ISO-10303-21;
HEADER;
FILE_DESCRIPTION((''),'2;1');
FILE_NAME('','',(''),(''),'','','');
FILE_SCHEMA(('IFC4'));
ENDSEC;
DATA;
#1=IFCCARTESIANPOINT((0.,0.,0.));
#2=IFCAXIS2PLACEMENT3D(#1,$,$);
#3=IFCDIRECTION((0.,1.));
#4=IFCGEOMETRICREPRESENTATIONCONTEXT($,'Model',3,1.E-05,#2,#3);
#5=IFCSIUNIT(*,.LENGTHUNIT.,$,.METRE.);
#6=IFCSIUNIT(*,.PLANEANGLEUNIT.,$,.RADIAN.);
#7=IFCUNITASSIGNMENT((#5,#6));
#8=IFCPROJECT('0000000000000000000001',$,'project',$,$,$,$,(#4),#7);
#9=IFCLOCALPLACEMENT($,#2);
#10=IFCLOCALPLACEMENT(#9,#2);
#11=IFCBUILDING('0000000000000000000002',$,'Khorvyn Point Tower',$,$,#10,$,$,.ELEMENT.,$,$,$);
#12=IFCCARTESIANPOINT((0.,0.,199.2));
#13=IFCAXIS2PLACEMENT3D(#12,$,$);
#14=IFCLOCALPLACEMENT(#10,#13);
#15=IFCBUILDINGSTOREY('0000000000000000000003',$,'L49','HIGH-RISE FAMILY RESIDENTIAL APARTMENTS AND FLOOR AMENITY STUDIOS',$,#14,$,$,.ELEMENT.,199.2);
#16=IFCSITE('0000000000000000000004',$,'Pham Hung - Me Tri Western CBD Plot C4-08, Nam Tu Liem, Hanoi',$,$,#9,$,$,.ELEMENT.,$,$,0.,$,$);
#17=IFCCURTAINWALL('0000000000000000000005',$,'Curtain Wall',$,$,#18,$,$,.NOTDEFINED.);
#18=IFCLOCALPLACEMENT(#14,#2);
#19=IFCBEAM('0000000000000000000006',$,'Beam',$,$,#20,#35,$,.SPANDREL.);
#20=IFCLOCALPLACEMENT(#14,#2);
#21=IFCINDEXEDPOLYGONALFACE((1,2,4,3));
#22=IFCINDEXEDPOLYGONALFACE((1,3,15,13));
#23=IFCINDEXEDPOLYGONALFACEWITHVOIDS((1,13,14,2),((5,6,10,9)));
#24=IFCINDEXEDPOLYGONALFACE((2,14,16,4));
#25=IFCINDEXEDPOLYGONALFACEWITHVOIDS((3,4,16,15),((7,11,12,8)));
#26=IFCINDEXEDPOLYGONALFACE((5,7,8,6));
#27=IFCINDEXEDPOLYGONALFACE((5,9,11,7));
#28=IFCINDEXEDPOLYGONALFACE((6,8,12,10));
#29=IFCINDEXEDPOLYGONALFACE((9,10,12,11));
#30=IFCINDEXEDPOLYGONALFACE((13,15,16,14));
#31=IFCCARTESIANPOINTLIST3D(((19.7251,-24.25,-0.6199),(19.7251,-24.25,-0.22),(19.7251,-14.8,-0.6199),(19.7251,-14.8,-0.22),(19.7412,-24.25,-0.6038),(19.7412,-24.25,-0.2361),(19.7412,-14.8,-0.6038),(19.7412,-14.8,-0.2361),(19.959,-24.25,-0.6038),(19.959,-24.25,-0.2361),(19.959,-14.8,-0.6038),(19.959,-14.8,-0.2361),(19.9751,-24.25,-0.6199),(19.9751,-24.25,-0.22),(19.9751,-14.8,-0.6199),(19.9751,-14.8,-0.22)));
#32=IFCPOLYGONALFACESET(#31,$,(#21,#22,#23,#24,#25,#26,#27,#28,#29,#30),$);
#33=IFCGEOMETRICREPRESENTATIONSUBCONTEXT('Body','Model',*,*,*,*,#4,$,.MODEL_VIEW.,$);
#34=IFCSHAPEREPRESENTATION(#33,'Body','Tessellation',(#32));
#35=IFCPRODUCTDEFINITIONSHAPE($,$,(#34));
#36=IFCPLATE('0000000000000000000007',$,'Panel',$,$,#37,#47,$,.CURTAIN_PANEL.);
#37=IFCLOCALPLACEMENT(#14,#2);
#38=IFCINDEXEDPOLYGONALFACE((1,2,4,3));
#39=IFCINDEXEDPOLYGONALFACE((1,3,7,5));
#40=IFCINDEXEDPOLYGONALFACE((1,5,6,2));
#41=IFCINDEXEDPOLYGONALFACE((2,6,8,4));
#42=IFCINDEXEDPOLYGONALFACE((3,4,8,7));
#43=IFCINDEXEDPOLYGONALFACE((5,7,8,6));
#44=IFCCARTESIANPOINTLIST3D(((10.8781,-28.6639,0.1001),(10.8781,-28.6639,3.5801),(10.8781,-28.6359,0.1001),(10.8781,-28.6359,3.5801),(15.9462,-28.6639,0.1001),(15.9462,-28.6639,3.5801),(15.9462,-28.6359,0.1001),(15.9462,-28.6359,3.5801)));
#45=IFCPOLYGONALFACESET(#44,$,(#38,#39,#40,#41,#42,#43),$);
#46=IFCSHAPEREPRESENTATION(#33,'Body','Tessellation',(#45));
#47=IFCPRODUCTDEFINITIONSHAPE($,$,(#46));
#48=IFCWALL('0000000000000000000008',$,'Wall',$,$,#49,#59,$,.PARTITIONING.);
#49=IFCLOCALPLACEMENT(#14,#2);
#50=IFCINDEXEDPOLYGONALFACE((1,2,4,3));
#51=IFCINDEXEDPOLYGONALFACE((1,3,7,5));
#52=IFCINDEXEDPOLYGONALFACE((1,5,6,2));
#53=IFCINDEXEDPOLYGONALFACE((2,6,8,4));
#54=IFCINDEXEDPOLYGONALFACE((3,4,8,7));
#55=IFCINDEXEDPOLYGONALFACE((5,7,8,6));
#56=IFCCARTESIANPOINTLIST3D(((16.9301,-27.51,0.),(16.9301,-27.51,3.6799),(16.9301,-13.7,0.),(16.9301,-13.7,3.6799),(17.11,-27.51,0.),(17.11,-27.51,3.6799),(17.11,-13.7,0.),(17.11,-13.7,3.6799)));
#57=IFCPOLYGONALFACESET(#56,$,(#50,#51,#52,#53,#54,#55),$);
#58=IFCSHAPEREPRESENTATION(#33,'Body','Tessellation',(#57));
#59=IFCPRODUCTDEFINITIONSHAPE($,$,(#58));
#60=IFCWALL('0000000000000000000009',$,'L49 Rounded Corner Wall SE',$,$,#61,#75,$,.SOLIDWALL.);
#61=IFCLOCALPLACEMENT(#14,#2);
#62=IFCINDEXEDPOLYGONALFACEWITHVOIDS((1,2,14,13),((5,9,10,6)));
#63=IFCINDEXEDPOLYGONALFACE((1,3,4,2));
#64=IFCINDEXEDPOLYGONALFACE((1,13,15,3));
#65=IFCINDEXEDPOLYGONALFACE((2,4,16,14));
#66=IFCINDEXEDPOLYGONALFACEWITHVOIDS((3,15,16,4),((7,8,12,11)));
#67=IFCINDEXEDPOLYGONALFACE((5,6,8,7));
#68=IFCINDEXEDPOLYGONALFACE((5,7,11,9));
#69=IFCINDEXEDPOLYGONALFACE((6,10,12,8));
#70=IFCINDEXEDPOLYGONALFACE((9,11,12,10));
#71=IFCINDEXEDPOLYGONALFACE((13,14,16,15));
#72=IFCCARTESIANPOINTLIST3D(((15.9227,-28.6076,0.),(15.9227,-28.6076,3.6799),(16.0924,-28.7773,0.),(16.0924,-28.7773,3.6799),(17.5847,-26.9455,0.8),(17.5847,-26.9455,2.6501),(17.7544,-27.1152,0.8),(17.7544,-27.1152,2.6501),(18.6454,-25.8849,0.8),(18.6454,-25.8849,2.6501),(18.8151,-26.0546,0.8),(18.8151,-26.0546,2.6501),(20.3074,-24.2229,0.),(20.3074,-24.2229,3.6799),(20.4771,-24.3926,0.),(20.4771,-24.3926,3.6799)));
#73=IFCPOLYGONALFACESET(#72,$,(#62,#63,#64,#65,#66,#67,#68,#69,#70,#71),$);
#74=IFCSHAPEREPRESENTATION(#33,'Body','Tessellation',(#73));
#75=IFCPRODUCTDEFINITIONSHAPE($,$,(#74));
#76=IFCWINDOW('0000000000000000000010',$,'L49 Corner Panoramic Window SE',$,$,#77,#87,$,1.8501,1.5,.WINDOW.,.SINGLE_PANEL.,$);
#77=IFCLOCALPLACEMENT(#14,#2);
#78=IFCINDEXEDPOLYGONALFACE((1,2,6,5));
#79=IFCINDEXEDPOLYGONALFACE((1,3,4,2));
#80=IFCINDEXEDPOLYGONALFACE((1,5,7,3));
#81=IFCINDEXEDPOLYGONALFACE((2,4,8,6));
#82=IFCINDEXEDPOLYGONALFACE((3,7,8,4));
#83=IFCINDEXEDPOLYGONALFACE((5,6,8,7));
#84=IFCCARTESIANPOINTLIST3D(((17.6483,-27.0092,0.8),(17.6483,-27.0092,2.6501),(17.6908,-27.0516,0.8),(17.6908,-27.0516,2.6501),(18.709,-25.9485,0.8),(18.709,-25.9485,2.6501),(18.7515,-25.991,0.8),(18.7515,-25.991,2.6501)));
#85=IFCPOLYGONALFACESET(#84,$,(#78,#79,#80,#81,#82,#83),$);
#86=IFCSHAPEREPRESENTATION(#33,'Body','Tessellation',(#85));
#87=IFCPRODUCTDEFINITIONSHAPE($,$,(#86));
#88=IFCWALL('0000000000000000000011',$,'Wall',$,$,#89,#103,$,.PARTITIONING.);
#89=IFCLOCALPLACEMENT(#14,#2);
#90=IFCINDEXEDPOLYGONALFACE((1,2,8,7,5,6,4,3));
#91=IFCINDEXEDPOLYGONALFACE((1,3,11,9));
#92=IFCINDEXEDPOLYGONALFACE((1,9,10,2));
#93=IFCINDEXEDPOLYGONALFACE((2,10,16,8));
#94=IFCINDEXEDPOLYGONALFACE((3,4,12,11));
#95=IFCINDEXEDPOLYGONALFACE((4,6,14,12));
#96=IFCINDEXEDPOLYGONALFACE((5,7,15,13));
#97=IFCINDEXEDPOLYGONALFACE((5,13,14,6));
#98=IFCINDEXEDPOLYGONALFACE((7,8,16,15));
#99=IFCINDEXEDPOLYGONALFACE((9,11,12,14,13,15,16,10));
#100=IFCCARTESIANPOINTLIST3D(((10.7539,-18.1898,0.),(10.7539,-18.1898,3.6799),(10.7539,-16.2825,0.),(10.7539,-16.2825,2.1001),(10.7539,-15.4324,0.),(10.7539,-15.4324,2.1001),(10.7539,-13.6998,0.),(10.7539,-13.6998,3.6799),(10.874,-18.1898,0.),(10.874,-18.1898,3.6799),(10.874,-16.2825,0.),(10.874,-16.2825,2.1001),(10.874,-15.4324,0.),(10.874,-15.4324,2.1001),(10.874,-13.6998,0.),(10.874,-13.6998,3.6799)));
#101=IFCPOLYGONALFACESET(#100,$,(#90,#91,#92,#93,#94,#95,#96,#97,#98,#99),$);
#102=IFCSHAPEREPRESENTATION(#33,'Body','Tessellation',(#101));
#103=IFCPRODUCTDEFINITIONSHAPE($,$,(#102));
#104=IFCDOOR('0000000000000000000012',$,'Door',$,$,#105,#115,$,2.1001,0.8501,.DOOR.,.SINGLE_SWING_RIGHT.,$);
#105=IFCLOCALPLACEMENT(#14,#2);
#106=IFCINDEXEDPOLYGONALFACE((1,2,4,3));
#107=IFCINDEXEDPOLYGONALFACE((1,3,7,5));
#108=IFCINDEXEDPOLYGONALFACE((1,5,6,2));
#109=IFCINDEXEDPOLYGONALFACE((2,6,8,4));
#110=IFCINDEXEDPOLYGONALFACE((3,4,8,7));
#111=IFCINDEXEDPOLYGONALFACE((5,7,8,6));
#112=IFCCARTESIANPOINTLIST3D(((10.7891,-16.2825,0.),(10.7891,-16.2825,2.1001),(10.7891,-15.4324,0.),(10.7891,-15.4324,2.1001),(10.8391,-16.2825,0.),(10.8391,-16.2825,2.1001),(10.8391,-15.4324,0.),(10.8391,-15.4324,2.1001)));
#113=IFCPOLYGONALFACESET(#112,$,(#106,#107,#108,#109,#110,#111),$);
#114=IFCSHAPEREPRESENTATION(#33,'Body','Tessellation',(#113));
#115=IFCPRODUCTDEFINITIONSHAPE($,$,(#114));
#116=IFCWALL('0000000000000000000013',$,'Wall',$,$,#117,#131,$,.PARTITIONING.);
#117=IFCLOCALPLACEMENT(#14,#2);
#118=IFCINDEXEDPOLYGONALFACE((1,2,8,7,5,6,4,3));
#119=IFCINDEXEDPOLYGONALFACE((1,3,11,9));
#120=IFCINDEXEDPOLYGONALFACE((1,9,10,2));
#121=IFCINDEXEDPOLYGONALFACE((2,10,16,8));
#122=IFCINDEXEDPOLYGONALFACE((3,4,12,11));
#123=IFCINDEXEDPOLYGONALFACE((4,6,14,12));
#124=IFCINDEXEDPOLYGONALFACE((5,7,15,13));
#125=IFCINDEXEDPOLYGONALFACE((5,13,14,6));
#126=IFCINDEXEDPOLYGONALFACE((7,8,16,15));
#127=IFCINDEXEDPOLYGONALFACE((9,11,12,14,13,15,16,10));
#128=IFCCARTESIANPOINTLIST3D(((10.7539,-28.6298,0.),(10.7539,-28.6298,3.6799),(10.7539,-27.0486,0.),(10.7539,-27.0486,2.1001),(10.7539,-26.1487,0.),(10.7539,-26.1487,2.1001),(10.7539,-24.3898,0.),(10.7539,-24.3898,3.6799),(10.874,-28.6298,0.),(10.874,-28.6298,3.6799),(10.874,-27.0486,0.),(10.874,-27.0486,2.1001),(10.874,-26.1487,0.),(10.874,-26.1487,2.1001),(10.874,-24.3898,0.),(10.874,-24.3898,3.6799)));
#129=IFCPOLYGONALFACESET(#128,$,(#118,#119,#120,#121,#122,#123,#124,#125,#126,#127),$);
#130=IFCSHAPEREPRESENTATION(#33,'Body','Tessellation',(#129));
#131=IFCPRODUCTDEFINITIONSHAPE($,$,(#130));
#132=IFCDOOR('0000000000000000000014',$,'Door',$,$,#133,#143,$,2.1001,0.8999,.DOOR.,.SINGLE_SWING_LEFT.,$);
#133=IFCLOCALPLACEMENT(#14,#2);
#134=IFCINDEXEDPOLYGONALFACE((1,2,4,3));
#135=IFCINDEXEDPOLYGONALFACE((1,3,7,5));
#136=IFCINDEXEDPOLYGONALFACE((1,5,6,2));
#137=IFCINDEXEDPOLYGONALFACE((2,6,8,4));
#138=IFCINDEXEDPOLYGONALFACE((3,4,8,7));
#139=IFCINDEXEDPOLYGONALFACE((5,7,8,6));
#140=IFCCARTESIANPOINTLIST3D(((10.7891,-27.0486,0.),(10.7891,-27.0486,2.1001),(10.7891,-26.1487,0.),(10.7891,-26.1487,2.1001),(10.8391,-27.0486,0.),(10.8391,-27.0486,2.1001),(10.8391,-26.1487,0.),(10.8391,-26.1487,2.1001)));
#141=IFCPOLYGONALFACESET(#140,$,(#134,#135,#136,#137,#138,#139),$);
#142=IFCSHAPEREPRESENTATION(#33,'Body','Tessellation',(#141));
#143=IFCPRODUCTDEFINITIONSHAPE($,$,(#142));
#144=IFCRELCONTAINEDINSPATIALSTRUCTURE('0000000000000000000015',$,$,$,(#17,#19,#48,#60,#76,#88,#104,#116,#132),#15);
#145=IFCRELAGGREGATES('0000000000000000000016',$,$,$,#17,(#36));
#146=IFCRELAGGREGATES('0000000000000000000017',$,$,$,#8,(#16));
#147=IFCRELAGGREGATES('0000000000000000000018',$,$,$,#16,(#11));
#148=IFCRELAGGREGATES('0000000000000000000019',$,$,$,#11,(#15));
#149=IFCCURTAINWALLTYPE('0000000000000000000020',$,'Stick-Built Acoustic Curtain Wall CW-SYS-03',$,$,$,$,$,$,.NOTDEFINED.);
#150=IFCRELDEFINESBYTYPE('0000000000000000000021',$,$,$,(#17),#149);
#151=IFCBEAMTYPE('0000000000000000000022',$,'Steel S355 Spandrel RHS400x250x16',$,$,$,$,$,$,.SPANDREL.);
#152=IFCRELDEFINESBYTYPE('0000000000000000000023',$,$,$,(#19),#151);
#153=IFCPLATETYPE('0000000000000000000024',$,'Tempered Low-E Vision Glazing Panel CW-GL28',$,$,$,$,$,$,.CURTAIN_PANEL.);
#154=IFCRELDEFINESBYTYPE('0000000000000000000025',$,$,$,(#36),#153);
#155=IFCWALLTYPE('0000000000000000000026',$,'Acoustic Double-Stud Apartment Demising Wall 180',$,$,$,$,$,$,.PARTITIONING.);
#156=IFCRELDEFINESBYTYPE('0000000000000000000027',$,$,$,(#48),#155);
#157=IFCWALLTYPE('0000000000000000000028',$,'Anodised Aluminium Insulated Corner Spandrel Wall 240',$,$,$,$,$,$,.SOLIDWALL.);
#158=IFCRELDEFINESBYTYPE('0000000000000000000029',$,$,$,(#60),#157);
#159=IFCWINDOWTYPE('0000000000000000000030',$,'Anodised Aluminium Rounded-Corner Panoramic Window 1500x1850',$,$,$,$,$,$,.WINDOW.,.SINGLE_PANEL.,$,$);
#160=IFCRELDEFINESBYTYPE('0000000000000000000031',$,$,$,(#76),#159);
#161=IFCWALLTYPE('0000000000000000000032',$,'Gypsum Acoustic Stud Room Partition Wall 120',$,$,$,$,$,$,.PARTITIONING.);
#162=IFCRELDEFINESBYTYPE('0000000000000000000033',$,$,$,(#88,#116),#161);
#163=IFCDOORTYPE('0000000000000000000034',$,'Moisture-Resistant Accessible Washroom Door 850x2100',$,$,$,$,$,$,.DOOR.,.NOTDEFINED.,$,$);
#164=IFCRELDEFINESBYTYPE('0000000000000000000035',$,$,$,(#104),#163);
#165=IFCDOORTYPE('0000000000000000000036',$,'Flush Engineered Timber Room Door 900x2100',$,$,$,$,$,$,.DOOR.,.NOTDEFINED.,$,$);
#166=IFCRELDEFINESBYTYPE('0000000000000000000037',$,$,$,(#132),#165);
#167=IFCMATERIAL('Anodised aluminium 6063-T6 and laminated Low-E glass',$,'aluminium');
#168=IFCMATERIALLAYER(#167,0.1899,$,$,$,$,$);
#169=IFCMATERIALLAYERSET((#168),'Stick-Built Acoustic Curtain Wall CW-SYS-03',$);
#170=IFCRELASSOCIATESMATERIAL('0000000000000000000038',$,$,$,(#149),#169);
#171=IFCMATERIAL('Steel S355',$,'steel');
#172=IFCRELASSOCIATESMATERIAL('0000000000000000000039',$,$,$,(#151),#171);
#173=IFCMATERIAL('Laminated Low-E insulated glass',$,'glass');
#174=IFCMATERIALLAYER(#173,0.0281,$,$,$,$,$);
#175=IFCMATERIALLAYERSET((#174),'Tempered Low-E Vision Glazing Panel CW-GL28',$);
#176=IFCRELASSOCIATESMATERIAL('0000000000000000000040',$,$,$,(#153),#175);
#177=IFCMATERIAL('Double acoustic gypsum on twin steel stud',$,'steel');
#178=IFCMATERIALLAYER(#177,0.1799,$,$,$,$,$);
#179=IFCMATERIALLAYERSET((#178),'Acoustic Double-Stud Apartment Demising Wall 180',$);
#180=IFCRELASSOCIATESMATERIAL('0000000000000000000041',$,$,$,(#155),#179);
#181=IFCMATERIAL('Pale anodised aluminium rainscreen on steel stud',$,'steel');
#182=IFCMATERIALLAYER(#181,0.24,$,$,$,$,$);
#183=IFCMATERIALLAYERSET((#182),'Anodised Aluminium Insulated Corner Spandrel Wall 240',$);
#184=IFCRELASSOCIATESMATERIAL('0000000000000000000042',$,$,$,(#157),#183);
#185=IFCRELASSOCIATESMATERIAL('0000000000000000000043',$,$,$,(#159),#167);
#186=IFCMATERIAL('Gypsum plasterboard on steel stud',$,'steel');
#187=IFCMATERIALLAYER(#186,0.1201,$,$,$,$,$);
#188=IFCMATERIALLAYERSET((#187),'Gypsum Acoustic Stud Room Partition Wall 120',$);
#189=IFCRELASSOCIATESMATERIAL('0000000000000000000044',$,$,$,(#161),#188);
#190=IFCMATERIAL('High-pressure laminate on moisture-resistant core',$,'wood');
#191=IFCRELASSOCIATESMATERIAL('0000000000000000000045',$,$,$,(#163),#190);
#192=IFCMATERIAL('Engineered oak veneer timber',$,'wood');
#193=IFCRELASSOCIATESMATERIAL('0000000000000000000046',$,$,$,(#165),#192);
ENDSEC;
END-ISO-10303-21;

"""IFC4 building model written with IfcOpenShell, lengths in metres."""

from ifc_helpers import new_model, si_unit, direction, frame, frame_2d, origin, origin_2d, place, context, subcontext, project, spatial, rectangle, hollow_rectangle, extrude, material, layer, layer_set, material_profile, profile_set, type_object, element, fill, aggregate, save


model = new_model("IFC4")

# Units and contexts
model_context = context("Model", 3, precision=1e-05, world=origin(), true_north=direction((0.0, 1.0)))
body_context = subcontext(model_context, "Body", "Model", "MODEL_VIEW")
ifc_project = project(units=[si_unit("LENGTHUNIT", "METRE"), si_unit("PLANEANGLEUNIT", "RADIAN")], contexts=[model_context])

# Site, building, storey
site_placement = place(None, origin())
site = spatial("IfcSite", under=ifc_project, at=site_placement, Name="Pham Hung - Me Tri Western CBD Plot C4-08, Nam Tu Liem, Hanoi", CompositionType="ELEMENT", RefElevation=0.0)
building_placement = place(site_placement, origin())
building = spatial("IfcBuilding", under=site, at=building_placement, Name="Khorvyn Point Tower", CompositionType="ELEMENT")
storey_placement = place(building_placement, frame((0.0, 0.0, 199.2)))
storey = spatial("IfcBuildingStorey", under=building, at=storey_placement, Name="L49", Description="HIGH-RISE FAMILY RESIDENTIAL APARTMENTS AND FLOOR AMENITY STUDIOS", CompositionType="ELEMENT", Elevation=199.2)

# Curtain wall
ifc_material_1 = material(Name="Anodised aluminium 6063-T6 and laminated Low-E glass", Category="aluminium")
ifc_layer_1 = layer(ifc_material_1, 0.1899)
ifc_layer_set_1 = layer_set([ifc_layer_1], Name="Stick-Built Acoustic Curtain Wall CW-SYS-03")
curtain_wall_type = type_object("IfcCurtainWallType", Name="Stick-Built Acoustic Curtain Wall CW-SYS-03", PredefinedType="NOTDEFINED", material=ifc_layer_set_1)
curtain_wall_1_placement = place(storey_placement, origin())
curtain_wall_1 = element("IfcCurtainWall", 1, at=curtain_wall_1_placement, inside=storey, type_object=curtain_wall_type, Name="Curtain Wall", PredefinedType="NOTDEFINED")

# Beam
ifc_material_2 = material(Name="Steel S355", Category="steel")
ifc_material_profile_1 = material_profile(ifc_material_2, hollow_rectangle(XDim=0.25, YDim=0.3999, WallThickness=0.0161, at=origin_2d()))
ifc_profile_set_1 = profile_set([ifc_material_profile_1], Name="Steel S355 RHS400x250x16")
beam_type_1 = type_object("IfcBeamType", Name="Steel S355 Spandrel RHS400x250x16", PredefinedType="SPANDREL", material=ifc_profile_set_1)
beam_1_placement = place(storey_placement, frame((19.8501, -24.25, -0.4199), z_axis=(0.0, 1.0, 0.0), x_axis=(-1.0, 0.0, 0.0)))
element("IfcBeam", 2, at=beam_1_placement, inside=storey, type_object=beam_type_1, Name="Beam", PredefinedType="SPANDREL", context=body_context, shape_type="SweptSolid", body=[
    extrude(hollow_rectangle(XDim=0.25, YDim=0.3999, WallThickness=0.0161, at=origin_2d()), origin(), (0.0, 0.0, 1.0), 9.45),
])

# Plate
ifc_material_3 = material(Name="Laminated Low-E insulated glass", Category="glass")
ifc_layer_2 = layer(ifc_material_3, 0.0281)
ifc_layer_set_2 = layer_set([ifc_layer_2], Name="Tempered Low-E Vision Glazing Panel CW-GL28")
plate_type = type_object("IfcPlateType", Name="Tempered Low-E Vision Glazing Panel CW-GL28", PredefinedType="CURTAIN_PANEL", material=ifc_layer_set_2)
plate_placement = place(storey_placement, frame((13.4121, -28.6499, 0.1001), z_axis=(0.0, 0.0, 1.0), x_axis=(-1.0, 0.0, 0.0)))
plate = element("IfcPlate", 3, at=plate_placement, type_object=plate_type, Name="Panel", PredefinedType="CURTAIN_PANEL", context=body_context, shape_type="SweptSolid", body=[
    extrude(rectangle(XDim=5.0681, YDim=0.0281, at=origin_2d()), origin(), (0.0, 0.0, 1.0), 3.48),
])
aggregate(curtain_wall_1, [plate])

# Wall
ifc_material_4 = material(Name="Double acoustic gypsum on twin steel stud", Category="steel")
ifc_layer_3 = layer(ifc_material_4, 0.1799)
ifc_layer_set_3 = layer_set([ifc_layer_3], Name="Acoustic Double-Stud Apartment Demising Wall 180")
wall_type_1 = type_object("IfcWallType", Name="Acoustic Double-Stud Apartment Demising Wall 180", PredefinedType="PARTITIONING", material=ifc_layer_set_3)
wall_1_placement = place(storey_placement, frame((17.02, -27.51, 0.0), z_axis=(0.0, 0.0, 1.0), x_axis=(0.0, 1.0, 0.0)))
element("IfcWall", 4, at=wall_1_placement, inside=storey, type_object=wall_type_1, Name="Wall", PredefinedType="PARTITIONING", context=body_context, shape_type="SweptSolid", body=[
    extrude(rectangle(XDim=13.8101, YDim=0.1799, at=frame_2d((6.905, 0.0))), origin(), (0.0, 0.0, 1.0), 3.6799),
])

# Wall, opening, window
ifc_material_5 = material(Name="Pale anodised aluminium rainscreen on steel stud", Category="steel")
ifc_layer_4 = layer(ifc_material_5, 0.24)
ifc_layer_set_4 = layer_set([ifc_layer_4], Name="Anodised Aluminium Insulated Corner Spandrel Wall 240")
wall_type_2 = type_object("IfcWallType", Name="Anodised Aluminium Insulated Corner Spandrel Wall 240", PredefinedType="SOLIDWALL", material=ifc_layer_set_4)
wall_2_placement = place(storey_placement, frame((20.3923, -24.3076, 0.0), z_axis=(0.0, 0.0, 1.0), x_axis=(-0.707107, -0.707107, 0.0)))
wall_2 = element("IfcWall", 5, at=wall_2_placement, inside=storey, type_object=wall_type_2, Name="L49 Rounded Corner Wall SE", PredefinedType="SOLIDWALL", context=body_context, shape_type="SweptSolid", body=[
    extrude(rectangle(XDim=6.2009, YDim=0.24, at=frame_2d((3.1006, 0.0))), origin(), (0.0, 0.0, 1.0), 3.6799),
])
opening_1_placement = place(wall_2_placement, frame((2.3506, 0.0, 0.8)))
opening_1 = element("IfcOpeningElement", 6, at=opening_1_placement, cuts=wall_2, PredefinedType="OPENING", context=body_context, shape_type="SweptSolid", body=[
    extrude(rectangle(XDim=1.5, YDim=1.8501, at=frame_2d((0.75, 0.925))), frame((0.0, 0.1299, 0.0), z_axis=(0.0, -1.0, 0.0), x_axis=(1.0, 0.0, 0.0)), (0.0, 0.0, 1.0), 0.26),
])
window_type = type_object("IfcWindowType", Name="Anodised Aluminium Rounded-Corner Panoramic Window 1500x1850", PartitioningType="SINGLE_PANEL", PredefinedType="WINDOW", material=ifc_material_1)
window_placement = place(opening_1_placement, origin())
window = element("IfcWindow", 7, at=window_placement, inside=storey, type_object=window_type, Name="L49 Corner Panoramic Window SE", OverallHeight=1.8501, OverallWidth=1.5, PartitioningType="SINGLE_PANEL", PredefinedType="WINDOW", context=body_context, shape_type="SweptSolid", body=[
    extrude(rectangle(XDim=1.5, YDim=1.8501, at=frame_2d((0.75, 0.925))), frame((0.0, 0.03, 0.0), z_axis=(0.0, -1.0, 0.0), x_axis=(1.0, 0.0, 0.0)), (0.0, 0.0, 1.0), 0.0601),
])
fill(opening_1, window)

# Walls, openings, doors
ifc_material_6 = material(Name="Gypsum plasterboard on steel stud", Category="steel")
ifc_layer_5 = layer(ifc_material_6, 0.1201)
ifc_layer_set_5 = layer_set([ifc_layer_5], Name="Gypsum Acoustic Stud Room Partition Wall 120")
wall_type_3 = type_object("IfcWallType", Name="Gypsum Acoustic Stud Room Partition Wall 120", PredefinedType="PARTITIONING", material=ifc_layer_set_5)
wall_3_placement = place(storey_placement, frame((10.814, -18.1899, 0.0), z_axis=(0.0, 0.0, 1.0), x_axis=(0.0, 1.0, 0.0)))
wall_3 = element("IfcWall", 8, at=wall_3_placement, inside=storey, type_object=wall_type_3, Name="Wall", PredefinedType="PARTITIONING", context=body_context, shape_type="SweptSolid", body=[
    extrude(rectangle(XDim=4.49, YDim=0.1201, at=frame_2d((2.2451, 0.0))), origin(), (0.0, 0.0, 1.0), 3.6799),
])
opening_2_placement = place(wall_3_placement, frame((1.9075, 0.0, 0.0)))
opening_2 = element("IfcOpeningElement", 9, at=opening_2_placement, cuts=wall_3, PredefinedType="OPENING", context=body_context, shape_type="SweptSolid", body=[
    extrude(rectangle(XDim=0.8501, YDim=2.1001, at=frame_2d((0.425, 1.05))), frame((0.0, 0.0701, 0.0), z_axis=(0.0, -1.0, 0.0), x_axis=(1.0, 0.0, 0.0)), (0.0, 0.0, 1.0), 0.1401),
])
ifc_material_7 = material(Name="High-pressure laminate on moisture-resistant core", Category="wood")
door_type_1 = type_object("IfcDoorType", Name="Moisture-Resistant Accessible Washroom Door 850x2100", OperationType="NOTDEFINED", PredefinedType="DOOR", material=ifc_material_7)
door_1_placement = place(opening_2_placement, origin())
door_1 = element("IfcDoor", 10, at=door_1_placement, inside=storey, type_object=door_type_1, Name="Door", OperationType="SINGLE_SWING_RIGHT", OverallHeight=2.1001, OverallWidth=0.8501, PredefinedType="DOOR", context=body_context, shape_type="SweptSolid", body=[
    extrude(rectangle(XDim=0.8501, YDim=2.1001, at=frame_2d((0.425, 1.05))), frame((0.0, 0.0249, 0.0), z_axis=(0.0, -1.0, 0.0), x_axis=(1.0, 0.0, 0.0)), (0.0, 0.0, 1.0), 0.05),
])
fill(opening_2, door_1)
wall_4_placement = place(storey_placement, frame((10.814, -28.6299, 0.0), z_axis=(0.0, 0.0, 1.0), x_axis=(0.0, 1.0, 0.0)))
wall_4 = element("IfcWall", 11, at=wall_4_placement, inside=storey, type_object=wall_type_3, Name="Wall", PredefinedType="PARTITIONING", context=body_context, shape_type="SweptSolid", body=[
    extrude(rectangle(XDim=4.24, YDim=0.1201, at=frame_2d((2.1201, 0.0))), origin(), (0.0, 0.0, 1.0), 3.6799),
])
opening_3_placement = place(wall_4_placement, frame((1.5813, 0.0, 0.0)))
opening_3 = element("IfcOpeningElement", 12, at=opening_3_placement, cuts=wall_4, PredefinedType="OPENING", context=body_context, shape_type="SweptSolid", body=[
    extrude(rectangle(XDim=0.8999, YDim=2.1001, at=frame_2d((0.45, 1.05))), frame((0.0, 0.0701, 0.0), z_axis=(0.0, -1.0, 0.0), x_axis=(1.0, 0.0, 0.0)), (0.0, 0.0, 1.0), 0.1401),
])
ifc_material_8 = material(Name="Engineered oak veneer timber", Category="wood")
door_type_2 = type_object("IfcDoorType", Name="Flush Engineered Timber Room Door 900x2100", OperationType="NOTDEFINED", PredefinedType="DOOR", material=ifc_material_8)
door_2_placement = place(opening_3_placement, origin())
door_2 = element("IfcDoor", 13, at=door_2_placement, inside=storey, type_object=door_type_2, Name="Door", OperationType="SINGLE_SWING_LEFT", OverallHeight=2.1001, OverallWidth=0.8999, PredefinedType="DOOR", context=body_context, shape_type="SweptSolid", body=[
    extrude(rectangle(XDim=0.8999, YDim=2.1001, at=frame_2d((0.45, 1.05))), frame((0.0, 0.0249, 0.0), z_axis=(0.0, -1.0, 0.0), x_axis=(1.0, 0.0, 0.0)), (0.0, 0.0, 1.0), 0.05),
])
fill(opening_3, door_2)

save(model, "model.ifc")
